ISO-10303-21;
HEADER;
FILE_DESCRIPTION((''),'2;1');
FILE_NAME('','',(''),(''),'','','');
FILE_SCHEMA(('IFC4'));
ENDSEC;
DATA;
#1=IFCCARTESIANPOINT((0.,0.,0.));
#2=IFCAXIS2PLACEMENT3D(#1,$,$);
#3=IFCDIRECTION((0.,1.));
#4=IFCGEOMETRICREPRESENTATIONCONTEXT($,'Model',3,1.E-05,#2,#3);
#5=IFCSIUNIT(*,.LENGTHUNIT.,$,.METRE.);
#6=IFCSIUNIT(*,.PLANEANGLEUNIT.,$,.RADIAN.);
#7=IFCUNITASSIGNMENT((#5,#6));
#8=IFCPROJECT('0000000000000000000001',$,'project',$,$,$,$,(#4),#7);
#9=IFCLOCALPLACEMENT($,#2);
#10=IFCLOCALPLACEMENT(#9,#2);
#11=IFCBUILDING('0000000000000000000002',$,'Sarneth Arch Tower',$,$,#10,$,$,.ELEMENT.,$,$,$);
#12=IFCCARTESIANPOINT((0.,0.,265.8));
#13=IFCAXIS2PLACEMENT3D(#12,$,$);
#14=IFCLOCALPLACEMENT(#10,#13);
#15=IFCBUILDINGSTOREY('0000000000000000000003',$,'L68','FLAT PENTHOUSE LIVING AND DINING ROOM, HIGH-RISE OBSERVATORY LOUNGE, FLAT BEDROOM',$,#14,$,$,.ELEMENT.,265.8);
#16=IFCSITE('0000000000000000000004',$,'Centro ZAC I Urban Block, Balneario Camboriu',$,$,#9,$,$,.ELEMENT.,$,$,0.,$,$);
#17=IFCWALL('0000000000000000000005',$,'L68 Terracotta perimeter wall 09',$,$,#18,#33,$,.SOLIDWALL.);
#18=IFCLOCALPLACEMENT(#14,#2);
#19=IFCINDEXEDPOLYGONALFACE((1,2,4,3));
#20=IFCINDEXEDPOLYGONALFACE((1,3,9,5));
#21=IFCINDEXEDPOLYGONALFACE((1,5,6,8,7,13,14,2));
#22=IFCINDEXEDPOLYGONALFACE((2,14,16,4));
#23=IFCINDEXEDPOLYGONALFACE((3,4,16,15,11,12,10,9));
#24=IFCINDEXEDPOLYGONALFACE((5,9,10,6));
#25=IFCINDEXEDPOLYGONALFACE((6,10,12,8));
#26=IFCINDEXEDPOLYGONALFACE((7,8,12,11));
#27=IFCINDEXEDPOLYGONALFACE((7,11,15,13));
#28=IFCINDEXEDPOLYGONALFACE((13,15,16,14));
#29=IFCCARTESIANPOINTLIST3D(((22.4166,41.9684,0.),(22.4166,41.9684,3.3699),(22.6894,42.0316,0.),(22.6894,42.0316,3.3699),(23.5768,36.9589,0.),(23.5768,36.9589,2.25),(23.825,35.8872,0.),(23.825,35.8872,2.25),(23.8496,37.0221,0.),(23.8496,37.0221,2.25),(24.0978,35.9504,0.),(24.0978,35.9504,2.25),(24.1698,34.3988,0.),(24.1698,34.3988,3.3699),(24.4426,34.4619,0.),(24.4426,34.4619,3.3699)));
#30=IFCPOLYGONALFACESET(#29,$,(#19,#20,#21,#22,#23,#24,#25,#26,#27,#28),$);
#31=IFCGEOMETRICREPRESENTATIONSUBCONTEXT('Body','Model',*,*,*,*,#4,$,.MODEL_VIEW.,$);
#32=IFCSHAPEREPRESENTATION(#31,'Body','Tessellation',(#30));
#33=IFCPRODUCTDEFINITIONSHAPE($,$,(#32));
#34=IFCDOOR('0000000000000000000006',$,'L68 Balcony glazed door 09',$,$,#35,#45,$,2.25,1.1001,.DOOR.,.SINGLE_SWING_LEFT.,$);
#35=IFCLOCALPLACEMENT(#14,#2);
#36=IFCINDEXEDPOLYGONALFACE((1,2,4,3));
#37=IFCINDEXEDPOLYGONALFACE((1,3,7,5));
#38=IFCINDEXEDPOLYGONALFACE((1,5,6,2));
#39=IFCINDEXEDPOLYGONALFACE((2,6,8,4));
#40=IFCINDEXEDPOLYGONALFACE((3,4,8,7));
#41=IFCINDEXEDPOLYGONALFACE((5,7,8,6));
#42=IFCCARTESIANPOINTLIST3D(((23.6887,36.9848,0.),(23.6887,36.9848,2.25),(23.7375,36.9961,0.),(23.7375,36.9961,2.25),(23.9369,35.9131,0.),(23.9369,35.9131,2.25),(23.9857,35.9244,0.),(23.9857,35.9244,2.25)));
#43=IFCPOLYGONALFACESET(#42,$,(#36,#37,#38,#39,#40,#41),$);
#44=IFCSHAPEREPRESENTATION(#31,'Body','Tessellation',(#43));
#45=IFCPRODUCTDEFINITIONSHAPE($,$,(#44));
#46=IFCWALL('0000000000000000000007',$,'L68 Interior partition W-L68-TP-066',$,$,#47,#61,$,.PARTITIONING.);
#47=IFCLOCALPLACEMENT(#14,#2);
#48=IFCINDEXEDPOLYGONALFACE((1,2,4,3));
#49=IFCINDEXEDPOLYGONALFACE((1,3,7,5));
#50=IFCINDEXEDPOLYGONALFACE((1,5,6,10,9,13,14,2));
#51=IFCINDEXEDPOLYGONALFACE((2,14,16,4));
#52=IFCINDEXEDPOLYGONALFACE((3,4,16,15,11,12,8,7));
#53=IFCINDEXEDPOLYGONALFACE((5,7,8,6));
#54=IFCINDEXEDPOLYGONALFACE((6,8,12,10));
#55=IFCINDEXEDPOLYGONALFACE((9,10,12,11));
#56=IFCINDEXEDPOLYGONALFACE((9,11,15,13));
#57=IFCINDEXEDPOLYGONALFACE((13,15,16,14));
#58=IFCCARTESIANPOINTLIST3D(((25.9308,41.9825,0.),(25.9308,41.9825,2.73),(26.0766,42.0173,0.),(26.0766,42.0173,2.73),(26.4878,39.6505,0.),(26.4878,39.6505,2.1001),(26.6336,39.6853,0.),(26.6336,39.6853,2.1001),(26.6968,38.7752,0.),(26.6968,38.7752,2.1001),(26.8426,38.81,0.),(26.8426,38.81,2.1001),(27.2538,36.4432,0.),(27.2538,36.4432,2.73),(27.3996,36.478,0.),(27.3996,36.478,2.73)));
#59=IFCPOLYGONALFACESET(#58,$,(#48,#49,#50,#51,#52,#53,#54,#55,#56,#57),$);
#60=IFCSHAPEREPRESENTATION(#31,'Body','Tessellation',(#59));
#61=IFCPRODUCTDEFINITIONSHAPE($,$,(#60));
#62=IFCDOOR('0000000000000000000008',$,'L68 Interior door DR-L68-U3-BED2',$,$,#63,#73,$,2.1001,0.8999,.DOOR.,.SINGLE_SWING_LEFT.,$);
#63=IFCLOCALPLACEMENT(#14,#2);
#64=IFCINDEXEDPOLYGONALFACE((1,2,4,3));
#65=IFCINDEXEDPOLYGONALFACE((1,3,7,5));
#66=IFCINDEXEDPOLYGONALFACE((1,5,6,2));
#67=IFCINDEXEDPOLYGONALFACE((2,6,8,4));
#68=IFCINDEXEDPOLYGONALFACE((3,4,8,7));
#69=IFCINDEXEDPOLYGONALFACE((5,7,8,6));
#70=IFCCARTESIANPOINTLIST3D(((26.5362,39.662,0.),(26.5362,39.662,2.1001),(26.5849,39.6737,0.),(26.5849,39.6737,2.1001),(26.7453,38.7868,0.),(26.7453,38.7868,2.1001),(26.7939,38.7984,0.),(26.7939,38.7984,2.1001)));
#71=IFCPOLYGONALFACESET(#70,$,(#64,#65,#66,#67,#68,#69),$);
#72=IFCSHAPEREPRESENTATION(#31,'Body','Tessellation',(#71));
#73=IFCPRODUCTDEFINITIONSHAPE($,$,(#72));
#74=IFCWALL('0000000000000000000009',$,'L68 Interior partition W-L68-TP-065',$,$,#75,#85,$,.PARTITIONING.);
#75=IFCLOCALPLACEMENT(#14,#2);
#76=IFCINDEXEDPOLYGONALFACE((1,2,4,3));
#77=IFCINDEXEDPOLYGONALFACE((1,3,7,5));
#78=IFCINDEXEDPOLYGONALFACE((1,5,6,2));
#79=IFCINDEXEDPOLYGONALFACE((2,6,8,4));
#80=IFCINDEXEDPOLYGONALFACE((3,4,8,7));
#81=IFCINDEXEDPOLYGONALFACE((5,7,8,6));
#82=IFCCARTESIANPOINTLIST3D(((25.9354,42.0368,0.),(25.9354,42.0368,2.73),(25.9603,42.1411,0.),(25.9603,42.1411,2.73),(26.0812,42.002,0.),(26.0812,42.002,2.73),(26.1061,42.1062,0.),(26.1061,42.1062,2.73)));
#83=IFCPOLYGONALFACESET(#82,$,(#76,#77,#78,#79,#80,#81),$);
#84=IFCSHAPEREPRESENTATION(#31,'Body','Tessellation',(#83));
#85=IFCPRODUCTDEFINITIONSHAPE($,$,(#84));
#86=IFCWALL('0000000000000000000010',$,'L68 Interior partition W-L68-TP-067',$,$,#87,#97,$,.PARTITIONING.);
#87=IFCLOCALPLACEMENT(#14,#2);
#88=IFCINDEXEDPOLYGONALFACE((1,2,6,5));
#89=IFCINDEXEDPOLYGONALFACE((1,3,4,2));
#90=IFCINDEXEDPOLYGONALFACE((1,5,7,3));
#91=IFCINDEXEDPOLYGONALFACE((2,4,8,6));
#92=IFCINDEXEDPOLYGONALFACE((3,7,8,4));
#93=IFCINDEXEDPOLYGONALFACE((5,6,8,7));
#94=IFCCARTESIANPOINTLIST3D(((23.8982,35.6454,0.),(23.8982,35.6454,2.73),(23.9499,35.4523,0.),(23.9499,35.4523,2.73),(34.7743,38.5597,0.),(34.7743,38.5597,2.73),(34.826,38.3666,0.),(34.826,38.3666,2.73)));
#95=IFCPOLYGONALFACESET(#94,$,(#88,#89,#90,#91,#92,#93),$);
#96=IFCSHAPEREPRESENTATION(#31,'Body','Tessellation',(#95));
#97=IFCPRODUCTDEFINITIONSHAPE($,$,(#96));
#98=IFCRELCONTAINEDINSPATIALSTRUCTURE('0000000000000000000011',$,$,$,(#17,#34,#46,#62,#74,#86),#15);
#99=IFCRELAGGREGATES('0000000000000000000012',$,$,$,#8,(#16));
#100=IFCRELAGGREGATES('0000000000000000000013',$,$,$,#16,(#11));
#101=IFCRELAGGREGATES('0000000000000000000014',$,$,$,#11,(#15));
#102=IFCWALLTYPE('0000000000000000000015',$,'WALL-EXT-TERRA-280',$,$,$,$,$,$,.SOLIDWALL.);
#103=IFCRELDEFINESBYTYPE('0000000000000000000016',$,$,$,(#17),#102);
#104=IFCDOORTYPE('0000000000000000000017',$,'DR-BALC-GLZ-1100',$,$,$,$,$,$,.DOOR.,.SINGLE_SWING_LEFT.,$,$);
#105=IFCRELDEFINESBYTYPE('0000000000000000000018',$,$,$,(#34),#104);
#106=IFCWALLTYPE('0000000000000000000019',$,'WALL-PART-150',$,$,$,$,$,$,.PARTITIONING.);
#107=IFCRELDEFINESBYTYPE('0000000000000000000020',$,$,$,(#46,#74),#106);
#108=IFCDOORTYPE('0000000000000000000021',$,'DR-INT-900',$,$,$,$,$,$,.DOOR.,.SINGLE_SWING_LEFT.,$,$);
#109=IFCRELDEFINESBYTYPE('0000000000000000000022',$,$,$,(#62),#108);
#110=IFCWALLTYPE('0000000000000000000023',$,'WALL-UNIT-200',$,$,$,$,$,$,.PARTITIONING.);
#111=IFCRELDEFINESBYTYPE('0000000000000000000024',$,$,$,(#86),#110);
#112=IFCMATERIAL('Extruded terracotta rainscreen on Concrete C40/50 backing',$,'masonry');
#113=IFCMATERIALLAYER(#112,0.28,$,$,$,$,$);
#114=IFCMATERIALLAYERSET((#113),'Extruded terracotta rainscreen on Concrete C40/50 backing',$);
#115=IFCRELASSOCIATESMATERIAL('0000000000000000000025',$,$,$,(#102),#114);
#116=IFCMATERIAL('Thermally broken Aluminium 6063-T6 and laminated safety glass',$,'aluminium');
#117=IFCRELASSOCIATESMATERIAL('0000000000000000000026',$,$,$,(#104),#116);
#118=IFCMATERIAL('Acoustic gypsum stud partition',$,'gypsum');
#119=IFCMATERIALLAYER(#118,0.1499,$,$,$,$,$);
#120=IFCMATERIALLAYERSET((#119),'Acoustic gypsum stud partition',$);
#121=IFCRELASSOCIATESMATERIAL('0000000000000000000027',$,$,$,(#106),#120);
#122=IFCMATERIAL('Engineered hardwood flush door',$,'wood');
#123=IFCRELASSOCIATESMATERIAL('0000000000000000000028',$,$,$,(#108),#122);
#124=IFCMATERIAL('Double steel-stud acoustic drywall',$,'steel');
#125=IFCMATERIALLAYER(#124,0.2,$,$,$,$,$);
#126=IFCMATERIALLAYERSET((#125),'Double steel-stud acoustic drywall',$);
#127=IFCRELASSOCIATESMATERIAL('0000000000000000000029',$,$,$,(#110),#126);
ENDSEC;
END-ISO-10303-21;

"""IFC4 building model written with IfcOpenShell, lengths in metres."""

from ifc_helpers import new_model, si_unit, direction, frame, frame_2d, origin, place, context, subcontext, project, spatial, rectangle, extrude, material, layer, layer_set, type_object, element, fill, save


model = new_model("IFC4")

# Units and contexts
model_context = context("Model", 3, precision=1e-05, world=origin(), true_north=direction((0.0, 1.0)))
body_context = subcontext(model_context, "Body", "Model", "MODEL_VIEW")
ifc_project = project(units=[si_unit("LENGTHUNIT", "METRE"), si_unit("PLANEANGLEUNIT", "RADIAN")], contexts=[model_context])

# Site, building, storey
site_placement = place(None, origin())
site = spatial("IfcSite", under=ifc_project, at=site_placement, Name="Centro ZAC I Urban Block, Balneario Camboriu", CompositionType="ELEMENT", RefElevation=0.0)
building_placement = place(site_placement, origin())
building = spatial("IfcBuilding", under=site, at=building_placement, Name="Sarneth Arch Tower", CompositionType="ELEMENT")
storey_placement = place(building_placement, frame((0.0, 0.0, 265.8)))
storey = spatial("IfcBuildingStorey", under=building, at=storey_placement, Name="L68", Description="FLAT PENTHOUSE LIVING AND DINING ROOM, HIGH-RISE OBSERVATORY LOUNGE, FLAT BEDROOM", CompositionType="ELEMENT", Elevation=265.8)

# Walls, openings, doors
ifc_material_1 = material(Name="Extruded terracotta rainscreen on Concrete C40/50 backing", Category="masonry")
ifc_layer_1 = layer(ifc_material_1, 0.28)
ifc_layer_set_1 = layer_set([ifc_layer_1], Name="Extruded terracotta rainscreen on Concrete C40/50 backing")
wall_type_1 = type_object("IfcWallType", Name="WALL-EXT-TERRA-280", PredefinedType="SOLIDWALL", material=ifc_layer_set_1)
wall_1_placement = place(storey_placement, frame((22.553, 42.0, 0.0), z_axis=(0.0, 0.0, 1.0), x_axis=(0.225635, -0.974212, 0.0)))
wall_1 = element("IfcWall", 1, at=wall_1_placement, inside=storey, type_object=wall_type_1, Name="L68 Terracotta perimeter wall 09", PredefinedType="SOLIDWALL", context=body_context, shape_type="SweptSolid", body=[
    extrude(rectangle(XDim=7.77, YDim=0.28, at=frame_2d((3.885, 0.0))), origin(), (0.0, 0.0, 1.0), 3.3699),
])
opening_1_placement = place(wall_1_placement, frame((5.1421, 0.0, 0.0)))
opening_1 = element("IfcOpeningElement", 2, at=opening_1_placement, cuts=wall_1, PredefinedType="OPENING", context=body_context, shape_type="SweptSolid", body=[
    extrude(rectangle(XDim=1.1001, YDim=2.25, at=frame_2d((0.55, 1.125))), frame((0.0, 0.1499, 0.0), z_axis=(0.0, -1.0, 0.0), x_axis=(1.0, 0.0, 0.0)), (0.0, 0.0, 1.0), 0.3),
])
ifc_material_2 = material(Name="Thermally broken Aluminium 6063-T6 and laminated safety glass", Category="aluminium")
door_type_1 = type_object("IfcDoorType", Name="DR-BALC-GLZ-1100", OperationType="SINGLE_SWING_LEFT", PredefinedType="DOOR", material=ifc_material_2)
door_1_placement = place(opening_1_placement, origin())
door_1 = element("IfcDoor", 3, at=door_1_placement, inside=storey, type_object=door_type_1, Name="L68 Balcony glazed door 09", OperationType="SINGLE_SWING_LEFT", OverallHeight=2.25, OverallWidth=1.1001, PredefinedType="DOOR", context=body_context, shape_type="SweptSolid", body=[
    extrude(rectangle(XDim=1.1001, YDim=2.25, at=frame_2d((0.55, 1.125))), frame((0.0, 0.0249, 0.0), z_axis=(0.0, -1.0, 0.0), x_axis=(1.0, 0.0, 0.0)), (0.0, 0.0, 1.0), 0.05),
])
fill(opening_1, door_1)
ifc_material_3 = material(Name="Acoustic gypsum stud partition", Category="gypsum")
ifc_layer_2 = layer(ifc_material_3, 0.1499)
ifc_layer_set_2 = layer_set([ifc_layer_2], Name="Acoustic gypsum stud partition")
wall_type_2 = type_object("IfcWallType", Name="WALL-PART-150", PredefinedType="PARTITIONING", material=ifc_layer_set_2)
wall_2_placement = place(storey_placement, frame((26.0037, 42.0, 0.0), z_axis=(0.0, 0.0, 1.0), x_axis=(0.232304, -0.972643, 0.0)))
wall_2 = element("IfcWall", 4, at=wall_2_placement, inside=storey, type_object=wall_type_2, Name="L68 Interior partition W-L68-TP-066", PredefinedType="PARTITIONING", context=body_context, shape_type="SweptSolid", body=[
    extrude(rectangle(XDim=5.6951, YDim=0.1499, at=frame_2d((2.8477, 0.0))), origin(), (0.0, 0.0, 1.0), 2.73),
])
opening_2_placement = place(wall_2_placement, frame((2.3977, 0.0, 0.0)))
opening_2 = element("IfcOpeningElement", 5, at=opening_2_placement, cuts=wall_2, PredefinedType="OPENING", context=body_context, shape_type="SweptSolid", body=[
    extrude(rectangle(XDim=0.8999, YDim=2.1001, at=frame_2d((0.45, 1.05))), frame((0.0, 0.085, 0.0), z_axis=(0.0, -1.0, 0.0), x_axis=(1.0, 0.0, 0.0)), (0.0, 0.0, 1.0), 0.1699),
])
ifc_material_4 = material(Name="Engineered hardwood flush door", Category="wood")
door_type_2 = type_object("IfcDoorType", Name="DR-INT-900", OperationType="SINGLE_SWING_LEFT", PredefinedType="DOOR", material=ifc_material_4)
door_2_placement = place(opening_2_placement, origin())
door_2 = element("IfcDoor", 6, at=door_2_placement, inside=storey, type_object=door_type_2, Name="L68 Interior door DR-L68-U3-BED2", OperationType="SINGLE_SWING_LEFT", OverallHeight=2.1001, OverallWidth=0.8999, PredefinedType="DOOR", context=body_context, shape_type="SweptSolid", body=[
    extrude(rectangle(XDim=0.8999, YDim=2.1001, at=frame_2d((0.45, 1.05))), frame((0.0, 0.0249, 0.0), z_axis=(0.0, -1.0, 0.0), x_axis=(1.0, 0.0, 0.0)), (0.0, 0.0, 1.0), 0.05),
])
fill(opening_2, door_2)

# Walls
wall_3_placement = place(storey_placement, frame((26.0332, 42.1238, 0.0), z_axis=(0.0, 0.0, 1.0), x_axis=(-0.232339, -0.972635, 0.0)))
element("IfcWall", 7, at=wall_3_placement, inside=storey, type_object=wall_type_2, Name="L68 Interior partition W-L68-TP-065", PredefinedType="PARTITIONING", context=body_context, shape_type="SweptSolid", body=[
    extrude(rectangle(XDim=0.1072, YDim=0.1499, at=frame_2d((0.0537, 0.0))), origin(), (0.0, 0.0, 1.0), 2.73),
])
ifc_material_5 = material(Name="Double steel-stud acoustic drywall", Category="steel")
ifc_layer_3 = layer(ifc_material_5, 0.2)
ifc_layer_set_3 = layer_set([ifc_layer_3], Name="Double steel-stud acoustic drywall")
wall_type_3 = type_object("IfcWallType", Name="WALL-UNIT-200", PredefinedType="PARTITIONING", material=ifc_layer_set_3)
wall_4_placement = place(storey_placement, frame((23.9241, 35.5488, 0.0), z_axis=(0.0, 0.0, 1.0), x_axis=(0.965924, 0.258827, 0.0)))
element("IfcWall", 8, at=wall_4_placement, inside=storey, type_object=wall_type_3, Name="L68 Interior partition W-L68-TP-067", PredefinedType="PARTITIONING", context=body_context, shape_type="SweptSolid", body=[
    extrude(rectangle(XDim=11.2598, YDim=0.2, at=frame_2d((5.6299, 0.0))), origin(), (0.0, 0.0, 1.0), 2.73),
])

save(model, "model.ifc")
